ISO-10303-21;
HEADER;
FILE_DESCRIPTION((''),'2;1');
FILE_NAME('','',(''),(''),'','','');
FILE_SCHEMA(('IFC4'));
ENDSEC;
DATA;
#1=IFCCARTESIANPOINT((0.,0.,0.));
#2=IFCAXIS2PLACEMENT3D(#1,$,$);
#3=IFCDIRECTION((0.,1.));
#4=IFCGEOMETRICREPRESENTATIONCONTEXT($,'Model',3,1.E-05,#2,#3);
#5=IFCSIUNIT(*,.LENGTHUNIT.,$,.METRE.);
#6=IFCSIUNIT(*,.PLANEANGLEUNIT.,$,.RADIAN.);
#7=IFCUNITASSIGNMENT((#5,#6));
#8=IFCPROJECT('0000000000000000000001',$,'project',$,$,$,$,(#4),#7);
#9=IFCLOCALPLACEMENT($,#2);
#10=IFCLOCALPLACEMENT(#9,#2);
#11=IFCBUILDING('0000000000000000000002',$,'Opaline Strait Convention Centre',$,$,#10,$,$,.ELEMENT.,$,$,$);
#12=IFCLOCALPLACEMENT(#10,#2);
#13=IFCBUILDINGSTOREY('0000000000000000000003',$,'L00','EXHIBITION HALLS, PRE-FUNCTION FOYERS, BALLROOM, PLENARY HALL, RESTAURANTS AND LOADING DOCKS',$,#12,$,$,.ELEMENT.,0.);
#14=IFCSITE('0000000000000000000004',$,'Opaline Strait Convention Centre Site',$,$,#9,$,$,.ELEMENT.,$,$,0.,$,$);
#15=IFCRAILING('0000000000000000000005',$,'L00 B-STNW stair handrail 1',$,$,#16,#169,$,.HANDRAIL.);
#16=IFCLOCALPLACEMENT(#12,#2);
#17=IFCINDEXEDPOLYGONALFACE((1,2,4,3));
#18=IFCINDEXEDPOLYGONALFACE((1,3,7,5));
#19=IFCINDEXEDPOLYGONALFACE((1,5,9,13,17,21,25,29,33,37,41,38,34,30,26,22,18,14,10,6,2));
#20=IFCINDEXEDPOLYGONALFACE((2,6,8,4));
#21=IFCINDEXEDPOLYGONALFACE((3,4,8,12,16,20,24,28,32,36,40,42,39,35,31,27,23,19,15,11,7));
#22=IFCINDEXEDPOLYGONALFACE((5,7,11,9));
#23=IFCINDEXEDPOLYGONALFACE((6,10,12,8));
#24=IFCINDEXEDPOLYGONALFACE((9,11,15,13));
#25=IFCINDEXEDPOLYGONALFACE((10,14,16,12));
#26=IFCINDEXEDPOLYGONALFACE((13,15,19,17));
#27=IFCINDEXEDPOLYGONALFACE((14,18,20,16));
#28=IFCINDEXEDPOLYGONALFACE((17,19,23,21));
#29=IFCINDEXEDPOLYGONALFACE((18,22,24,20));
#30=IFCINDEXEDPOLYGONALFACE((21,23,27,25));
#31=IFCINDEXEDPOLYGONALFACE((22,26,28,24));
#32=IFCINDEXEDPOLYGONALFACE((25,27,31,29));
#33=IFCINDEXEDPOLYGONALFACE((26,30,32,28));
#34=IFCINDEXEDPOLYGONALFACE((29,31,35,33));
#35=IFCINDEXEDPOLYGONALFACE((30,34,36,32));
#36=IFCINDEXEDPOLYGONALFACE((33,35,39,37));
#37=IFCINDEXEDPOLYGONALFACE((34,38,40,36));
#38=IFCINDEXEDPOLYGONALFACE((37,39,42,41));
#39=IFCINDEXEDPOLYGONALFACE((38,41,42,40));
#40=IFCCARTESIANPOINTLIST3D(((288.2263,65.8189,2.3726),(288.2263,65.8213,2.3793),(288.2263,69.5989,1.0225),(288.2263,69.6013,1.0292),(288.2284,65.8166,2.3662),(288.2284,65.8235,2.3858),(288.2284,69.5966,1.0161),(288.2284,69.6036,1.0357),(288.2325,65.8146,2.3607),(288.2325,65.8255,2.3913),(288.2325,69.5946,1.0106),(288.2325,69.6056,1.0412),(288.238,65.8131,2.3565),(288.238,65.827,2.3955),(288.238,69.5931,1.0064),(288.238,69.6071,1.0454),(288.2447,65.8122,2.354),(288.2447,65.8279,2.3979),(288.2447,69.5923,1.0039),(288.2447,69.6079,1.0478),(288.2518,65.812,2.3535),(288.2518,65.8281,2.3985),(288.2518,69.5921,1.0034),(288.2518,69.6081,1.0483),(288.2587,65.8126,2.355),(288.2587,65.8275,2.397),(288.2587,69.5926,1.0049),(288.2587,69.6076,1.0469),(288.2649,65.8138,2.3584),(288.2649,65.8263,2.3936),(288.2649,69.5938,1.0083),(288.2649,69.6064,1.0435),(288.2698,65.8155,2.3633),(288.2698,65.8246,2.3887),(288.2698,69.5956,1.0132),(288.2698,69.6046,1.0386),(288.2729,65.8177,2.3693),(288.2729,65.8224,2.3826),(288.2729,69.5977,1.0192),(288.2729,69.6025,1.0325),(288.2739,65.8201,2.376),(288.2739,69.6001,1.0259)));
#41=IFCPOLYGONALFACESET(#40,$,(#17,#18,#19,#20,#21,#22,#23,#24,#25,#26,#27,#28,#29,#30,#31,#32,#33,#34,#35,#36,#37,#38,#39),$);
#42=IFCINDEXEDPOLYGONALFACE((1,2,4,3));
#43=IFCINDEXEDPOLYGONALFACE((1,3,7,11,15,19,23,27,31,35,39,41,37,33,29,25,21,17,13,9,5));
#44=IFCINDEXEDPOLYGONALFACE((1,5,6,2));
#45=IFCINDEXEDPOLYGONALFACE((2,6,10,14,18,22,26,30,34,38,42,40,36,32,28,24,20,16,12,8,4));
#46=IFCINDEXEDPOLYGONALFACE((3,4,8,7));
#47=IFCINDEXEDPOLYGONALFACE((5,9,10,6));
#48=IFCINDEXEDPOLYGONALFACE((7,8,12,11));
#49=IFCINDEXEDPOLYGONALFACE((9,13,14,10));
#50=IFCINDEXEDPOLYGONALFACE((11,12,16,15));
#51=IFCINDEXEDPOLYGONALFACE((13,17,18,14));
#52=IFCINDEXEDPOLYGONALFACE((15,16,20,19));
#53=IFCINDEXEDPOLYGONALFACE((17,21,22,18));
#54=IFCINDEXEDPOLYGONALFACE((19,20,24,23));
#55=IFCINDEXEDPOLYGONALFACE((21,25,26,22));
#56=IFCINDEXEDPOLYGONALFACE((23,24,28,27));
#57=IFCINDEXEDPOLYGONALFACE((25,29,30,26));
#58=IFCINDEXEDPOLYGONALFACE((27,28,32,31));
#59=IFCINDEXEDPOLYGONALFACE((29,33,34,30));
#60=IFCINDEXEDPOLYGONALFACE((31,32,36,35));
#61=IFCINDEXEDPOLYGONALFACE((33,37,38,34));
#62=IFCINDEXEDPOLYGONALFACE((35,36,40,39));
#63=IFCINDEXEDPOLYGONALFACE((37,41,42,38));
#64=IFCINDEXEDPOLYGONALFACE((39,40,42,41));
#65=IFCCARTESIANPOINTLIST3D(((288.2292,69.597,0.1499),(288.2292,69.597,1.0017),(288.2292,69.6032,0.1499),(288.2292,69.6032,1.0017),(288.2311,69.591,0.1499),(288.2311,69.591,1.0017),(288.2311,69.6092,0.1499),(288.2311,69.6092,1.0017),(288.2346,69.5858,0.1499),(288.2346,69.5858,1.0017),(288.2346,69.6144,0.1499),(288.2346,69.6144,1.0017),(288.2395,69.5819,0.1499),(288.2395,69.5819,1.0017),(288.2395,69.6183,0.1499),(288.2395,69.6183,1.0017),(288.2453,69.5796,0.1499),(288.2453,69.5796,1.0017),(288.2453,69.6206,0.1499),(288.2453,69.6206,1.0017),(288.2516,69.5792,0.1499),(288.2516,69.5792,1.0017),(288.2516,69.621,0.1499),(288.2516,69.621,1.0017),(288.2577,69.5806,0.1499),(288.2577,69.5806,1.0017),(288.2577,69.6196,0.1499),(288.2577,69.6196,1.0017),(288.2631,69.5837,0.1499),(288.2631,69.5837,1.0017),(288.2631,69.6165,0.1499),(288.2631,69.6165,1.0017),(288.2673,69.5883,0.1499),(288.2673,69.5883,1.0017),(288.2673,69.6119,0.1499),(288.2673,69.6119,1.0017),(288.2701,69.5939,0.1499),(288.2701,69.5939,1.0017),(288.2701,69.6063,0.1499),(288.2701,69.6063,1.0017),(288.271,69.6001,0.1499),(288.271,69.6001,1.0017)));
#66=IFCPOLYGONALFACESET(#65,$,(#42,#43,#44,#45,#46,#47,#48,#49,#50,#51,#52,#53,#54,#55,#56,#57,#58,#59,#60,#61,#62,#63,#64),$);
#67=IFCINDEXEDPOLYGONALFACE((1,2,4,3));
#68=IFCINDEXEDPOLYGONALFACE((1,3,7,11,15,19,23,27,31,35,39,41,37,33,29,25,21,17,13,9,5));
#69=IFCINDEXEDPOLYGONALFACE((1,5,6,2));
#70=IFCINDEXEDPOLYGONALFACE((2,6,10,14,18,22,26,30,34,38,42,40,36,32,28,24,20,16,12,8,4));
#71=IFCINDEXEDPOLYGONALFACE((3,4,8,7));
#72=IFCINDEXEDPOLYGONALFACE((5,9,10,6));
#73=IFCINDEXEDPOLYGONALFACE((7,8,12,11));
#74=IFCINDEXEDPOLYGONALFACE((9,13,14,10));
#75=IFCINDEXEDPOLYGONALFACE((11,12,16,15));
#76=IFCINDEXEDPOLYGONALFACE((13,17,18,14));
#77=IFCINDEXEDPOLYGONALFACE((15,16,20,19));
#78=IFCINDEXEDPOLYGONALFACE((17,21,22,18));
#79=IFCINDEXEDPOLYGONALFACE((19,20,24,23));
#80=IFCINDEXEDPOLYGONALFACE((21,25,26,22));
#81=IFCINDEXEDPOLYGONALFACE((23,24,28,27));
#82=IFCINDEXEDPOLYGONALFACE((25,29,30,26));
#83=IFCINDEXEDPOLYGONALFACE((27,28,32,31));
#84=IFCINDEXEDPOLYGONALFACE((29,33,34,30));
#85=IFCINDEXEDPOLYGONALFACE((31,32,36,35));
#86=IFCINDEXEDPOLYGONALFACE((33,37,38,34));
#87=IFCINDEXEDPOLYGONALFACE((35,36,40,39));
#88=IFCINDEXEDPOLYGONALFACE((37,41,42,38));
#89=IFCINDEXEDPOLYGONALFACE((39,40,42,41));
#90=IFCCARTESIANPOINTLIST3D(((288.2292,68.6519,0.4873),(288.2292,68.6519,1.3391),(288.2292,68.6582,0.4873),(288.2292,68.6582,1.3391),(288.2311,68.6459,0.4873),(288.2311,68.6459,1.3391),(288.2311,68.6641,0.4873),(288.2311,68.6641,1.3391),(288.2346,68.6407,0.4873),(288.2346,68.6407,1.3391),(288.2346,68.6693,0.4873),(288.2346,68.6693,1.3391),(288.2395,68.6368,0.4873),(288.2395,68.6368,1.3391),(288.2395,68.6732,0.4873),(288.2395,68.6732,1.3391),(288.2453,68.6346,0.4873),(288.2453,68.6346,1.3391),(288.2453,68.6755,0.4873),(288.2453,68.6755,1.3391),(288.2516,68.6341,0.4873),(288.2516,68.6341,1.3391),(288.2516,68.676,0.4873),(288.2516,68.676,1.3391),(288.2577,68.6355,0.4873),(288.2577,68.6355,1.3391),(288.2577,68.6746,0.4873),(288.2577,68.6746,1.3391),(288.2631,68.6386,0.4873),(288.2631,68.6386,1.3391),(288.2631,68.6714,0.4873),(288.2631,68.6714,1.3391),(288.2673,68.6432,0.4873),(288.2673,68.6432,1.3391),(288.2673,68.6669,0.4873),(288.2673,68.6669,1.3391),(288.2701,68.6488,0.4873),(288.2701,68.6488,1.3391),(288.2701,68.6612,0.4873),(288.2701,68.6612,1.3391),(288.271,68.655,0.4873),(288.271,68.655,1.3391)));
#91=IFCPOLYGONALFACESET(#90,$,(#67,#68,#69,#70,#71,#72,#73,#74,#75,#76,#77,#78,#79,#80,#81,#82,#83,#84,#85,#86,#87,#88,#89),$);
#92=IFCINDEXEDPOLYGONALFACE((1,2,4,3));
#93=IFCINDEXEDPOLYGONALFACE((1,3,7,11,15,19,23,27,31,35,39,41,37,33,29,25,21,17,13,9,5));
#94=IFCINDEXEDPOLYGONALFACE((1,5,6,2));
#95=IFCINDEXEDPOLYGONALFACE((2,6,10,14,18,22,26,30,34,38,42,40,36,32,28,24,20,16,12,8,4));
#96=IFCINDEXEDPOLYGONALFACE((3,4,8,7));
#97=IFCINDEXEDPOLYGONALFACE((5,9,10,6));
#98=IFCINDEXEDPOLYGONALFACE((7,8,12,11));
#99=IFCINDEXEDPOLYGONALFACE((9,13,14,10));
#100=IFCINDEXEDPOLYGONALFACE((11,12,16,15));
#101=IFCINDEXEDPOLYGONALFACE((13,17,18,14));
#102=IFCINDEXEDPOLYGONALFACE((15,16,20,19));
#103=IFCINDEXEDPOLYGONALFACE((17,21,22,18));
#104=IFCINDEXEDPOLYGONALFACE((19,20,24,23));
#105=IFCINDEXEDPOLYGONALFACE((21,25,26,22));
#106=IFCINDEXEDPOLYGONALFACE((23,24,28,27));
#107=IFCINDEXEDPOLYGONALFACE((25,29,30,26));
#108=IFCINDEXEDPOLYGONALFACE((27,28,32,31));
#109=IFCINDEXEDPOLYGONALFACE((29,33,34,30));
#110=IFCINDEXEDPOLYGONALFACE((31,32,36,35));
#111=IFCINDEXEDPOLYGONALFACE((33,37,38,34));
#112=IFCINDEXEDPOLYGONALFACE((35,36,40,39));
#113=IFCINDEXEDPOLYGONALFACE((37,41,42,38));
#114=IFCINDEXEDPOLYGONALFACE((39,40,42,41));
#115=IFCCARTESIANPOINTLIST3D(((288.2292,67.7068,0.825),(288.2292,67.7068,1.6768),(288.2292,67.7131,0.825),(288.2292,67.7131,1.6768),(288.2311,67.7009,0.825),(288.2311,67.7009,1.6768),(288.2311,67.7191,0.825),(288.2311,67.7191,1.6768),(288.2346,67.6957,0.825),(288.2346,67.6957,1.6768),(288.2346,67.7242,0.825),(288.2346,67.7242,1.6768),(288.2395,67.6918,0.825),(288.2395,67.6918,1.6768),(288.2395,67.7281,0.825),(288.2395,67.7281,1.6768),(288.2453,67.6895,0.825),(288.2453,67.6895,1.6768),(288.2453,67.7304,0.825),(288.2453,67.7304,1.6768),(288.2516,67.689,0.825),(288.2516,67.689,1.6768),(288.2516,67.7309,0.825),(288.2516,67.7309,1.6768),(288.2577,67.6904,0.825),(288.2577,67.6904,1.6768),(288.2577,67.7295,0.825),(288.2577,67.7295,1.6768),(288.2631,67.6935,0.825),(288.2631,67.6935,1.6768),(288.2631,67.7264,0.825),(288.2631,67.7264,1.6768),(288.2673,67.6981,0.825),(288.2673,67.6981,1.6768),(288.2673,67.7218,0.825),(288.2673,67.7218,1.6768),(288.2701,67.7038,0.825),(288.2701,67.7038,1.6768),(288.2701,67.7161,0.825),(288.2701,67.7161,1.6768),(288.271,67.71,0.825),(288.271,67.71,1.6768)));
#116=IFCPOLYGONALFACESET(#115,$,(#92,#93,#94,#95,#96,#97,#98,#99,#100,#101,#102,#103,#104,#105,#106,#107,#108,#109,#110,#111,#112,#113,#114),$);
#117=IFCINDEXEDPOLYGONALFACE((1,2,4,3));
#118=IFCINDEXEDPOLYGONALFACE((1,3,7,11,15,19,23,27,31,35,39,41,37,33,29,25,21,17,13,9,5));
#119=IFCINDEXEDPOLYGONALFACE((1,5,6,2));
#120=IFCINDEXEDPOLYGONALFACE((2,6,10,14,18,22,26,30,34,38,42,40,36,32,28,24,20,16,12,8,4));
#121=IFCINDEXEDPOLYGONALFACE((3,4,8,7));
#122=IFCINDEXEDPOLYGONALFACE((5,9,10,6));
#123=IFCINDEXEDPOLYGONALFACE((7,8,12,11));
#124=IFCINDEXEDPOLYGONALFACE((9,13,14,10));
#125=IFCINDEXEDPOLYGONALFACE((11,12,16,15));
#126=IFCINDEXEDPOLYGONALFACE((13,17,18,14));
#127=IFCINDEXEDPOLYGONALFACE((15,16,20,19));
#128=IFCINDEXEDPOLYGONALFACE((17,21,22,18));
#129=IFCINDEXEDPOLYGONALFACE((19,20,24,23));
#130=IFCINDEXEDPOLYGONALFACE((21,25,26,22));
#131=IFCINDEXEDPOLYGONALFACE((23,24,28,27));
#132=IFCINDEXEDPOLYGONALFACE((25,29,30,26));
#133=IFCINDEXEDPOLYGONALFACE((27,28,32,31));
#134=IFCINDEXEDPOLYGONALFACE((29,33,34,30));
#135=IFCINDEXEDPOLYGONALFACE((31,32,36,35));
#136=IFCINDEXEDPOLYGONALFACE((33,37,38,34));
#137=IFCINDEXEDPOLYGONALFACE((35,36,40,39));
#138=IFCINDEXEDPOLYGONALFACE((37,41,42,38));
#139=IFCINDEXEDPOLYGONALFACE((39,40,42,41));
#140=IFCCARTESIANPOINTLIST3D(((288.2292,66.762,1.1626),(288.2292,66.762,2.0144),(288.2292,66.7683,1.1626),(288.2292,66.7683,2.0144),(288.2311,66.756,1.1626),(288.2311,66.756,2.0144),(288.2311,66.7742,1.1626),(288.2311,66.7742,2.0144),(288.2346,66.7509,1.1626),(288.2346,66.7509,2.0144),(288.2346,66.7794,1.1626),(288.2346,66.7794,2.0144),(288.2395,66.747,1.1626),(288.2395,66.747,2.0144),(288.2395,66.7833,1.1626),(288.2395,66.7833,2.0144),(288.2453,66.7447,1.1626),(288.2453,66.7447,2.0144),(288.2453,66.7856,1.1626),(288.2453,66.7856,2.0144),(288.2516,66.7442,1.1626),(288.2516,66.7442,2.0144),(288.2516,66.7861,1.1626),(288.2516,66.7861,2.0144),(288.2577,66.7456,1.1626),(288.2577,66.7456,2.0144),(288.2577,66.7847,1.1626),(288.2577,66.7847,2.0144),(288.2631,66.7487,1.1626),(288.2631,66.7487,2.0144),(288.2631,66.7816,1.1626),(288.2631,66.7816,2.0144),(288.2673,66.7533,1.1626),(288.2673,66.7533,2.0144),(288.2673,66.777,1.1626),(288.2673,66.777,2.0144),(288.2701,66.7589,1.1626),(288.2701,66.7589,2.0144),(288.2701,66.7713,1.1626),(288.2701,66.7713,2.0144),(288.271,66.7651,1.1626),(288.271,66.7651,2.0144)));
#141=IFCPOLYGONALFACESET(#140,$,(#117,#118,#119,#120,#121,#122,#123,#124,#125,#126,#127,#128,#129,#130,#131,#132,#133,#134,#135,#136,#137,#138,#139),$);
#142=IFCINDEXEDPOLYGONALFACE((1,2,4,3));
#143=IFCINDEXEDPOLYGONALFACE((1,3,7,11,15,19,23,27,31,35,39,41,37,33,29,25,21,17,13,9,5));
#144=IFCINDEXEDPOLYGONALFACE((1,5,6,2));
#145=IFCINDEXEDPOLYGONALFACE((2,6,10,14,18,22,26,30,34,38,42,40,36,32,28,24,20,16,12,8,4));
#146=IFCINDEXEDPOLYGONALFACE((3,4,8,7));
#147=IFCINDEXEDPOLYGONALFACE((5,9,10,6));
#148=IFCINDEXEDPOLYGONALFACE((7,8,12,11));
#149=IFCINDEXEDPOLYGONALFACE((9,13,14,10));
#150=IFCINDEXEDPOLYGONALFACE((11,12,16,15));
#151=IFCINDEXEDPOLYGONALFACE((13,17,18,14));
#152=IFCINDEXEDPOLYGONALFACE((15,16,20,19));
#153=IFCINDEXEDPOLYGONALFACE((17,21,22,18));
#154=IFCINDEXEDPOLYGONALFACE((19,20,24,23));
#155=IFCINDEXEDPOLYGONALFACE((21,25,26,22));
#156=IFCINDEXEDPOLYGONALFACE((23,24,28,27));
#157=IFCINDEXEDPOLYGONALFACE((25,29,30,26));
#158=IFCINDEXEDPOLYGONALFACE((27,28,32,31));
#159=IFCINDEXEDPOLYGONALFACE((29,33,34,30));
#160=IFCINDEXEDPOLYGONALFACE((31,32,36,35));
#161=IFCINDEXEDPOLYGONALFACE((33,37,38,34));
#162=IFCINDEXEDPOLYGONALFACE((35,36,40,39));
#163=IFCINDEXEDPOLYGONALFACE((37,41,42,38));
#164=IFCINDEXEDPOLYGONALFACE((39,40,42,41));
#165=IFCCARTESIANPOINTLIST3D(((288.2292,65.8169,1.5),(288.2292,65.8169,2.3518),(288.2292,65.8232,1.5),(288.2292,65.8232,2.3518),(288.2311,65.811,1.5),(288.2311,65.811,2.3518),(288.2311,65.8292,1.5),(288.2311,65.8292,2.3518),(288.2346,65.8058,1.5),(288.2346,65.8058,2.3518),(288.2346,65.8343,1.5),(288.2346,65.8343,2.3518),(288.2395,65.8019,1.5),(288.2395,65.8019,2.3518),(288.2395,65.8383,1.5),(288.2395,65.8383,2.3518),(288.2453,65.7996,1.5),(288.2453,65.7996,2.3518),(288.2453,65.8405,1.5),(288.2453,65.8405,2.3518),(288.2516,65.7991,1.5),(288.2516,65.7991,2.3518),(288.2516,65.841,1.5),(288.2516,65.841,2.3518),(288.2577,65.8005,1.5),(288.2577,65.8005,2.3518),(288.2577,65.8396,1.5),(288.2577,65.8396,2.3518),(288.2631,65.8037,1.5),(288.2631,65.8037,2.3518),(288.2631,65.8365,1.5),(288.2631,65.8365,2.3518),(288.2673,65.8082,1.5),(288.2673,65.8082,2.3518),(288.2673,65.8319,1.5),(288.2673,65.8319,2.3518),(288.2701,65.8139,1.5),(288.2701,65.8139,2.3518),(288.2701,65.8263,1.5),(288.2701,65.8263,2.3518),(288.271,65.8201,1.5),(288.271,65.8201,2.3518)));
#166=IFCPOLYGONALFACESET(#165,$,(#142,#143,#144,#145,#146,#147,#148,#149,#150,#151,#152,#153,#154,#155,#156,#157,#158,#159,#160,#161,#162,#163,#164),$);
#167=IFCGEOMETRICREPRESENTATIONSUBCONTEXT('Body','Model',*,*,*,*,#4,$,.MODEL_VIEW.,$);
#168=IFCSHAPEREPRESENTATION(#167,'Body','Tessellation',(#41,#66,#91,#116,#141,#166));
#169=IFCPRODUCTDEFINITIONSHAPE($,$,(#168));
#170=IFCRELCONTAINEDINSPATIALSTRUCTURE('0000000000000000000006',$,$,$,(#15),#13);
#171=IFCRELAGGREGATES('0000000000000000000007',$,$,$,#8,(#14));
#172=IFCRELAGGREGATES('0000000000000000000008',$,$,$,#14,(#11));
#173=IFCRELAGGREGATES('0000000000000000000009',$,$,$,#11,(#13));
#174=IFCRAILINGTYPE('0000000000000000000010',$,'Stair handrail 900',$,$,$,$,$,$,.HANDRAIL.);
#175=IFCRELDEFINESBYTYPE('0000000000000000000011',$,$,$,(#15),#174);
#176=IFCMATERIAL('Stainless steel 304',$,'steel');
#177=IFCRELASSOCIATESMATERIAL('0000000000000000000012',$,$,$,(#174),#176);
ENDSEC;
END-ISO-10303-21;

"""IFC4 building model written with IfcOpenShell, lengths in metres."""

from ifc_helpers import new_model, si_unit, direction, frame, origin, origin_2d, place, context, subcontext, project, spatial, circle, extrude, material, type_object, element, save


model = new_model("IFC4")

# Units and contexts
model_context = context("Model", 3, precision=1e-05, world=origin(), true_north=direction((0.0, 1.0)))
body_context = subcontext(model_context, "Body", "Model", "MODEL_VIEW")
ifc_project = project(units=[si_unit("LENGTHUNIT", "METRE"), si_unit("PLANEANGLEUNIT", "RADIAN")], contexts=[model_context])

# Site, building, storey
site_placement = place(None, origin())
site = spatial("IfcSite", under=ifc_project, at=site_placement, Name="Opaline Strait Convention Centre Site", CompositionType="ELEMENT", RefElevation=0.0)
building_placement = place(site_placement, origin())
building = spatial("IfcBuilding", under=site, at=building_placement, Name="Opaline Strait Convention Centre", CompositionType="ELEMENT")
storey_placement = place(building_placement, origin())
storey = spatial("IfcBuildingStorey", under=building, at=storey_placement, Name="L00", Description="EXHIBITION HALLS, PRE-FUNCTION FOYERS, BALLROOM, PLENARY HALL, RESTAURANTS AND LOADING DOCKS", CompositionType="ELEMENT", Elevation=0.0)

# Railing
ifc_material_1 = material(Name="Stainless steel 304", Category="steel")
railing_type_1 = type_object("IfcRailingType", Name="Stair handrail 900", PredefinedType="HANDRAIL", material=ifc_material_1)
railing_1_placement = place(storey_placement, frame((288.25, 69.6001, 0.1499)))
element("IfcRailing", 1, at=railing_1_placement, inside=storey, type_object=railing_type_1, Name="L00 B-STNW stair handrail 1", PredefinedType="HANDRAIL", context=body_context, shape_type="SweptSolid", body=[
    extrude(circle(Radius=0.0239, at=origin_2d()), frame((0.0, 0.0, 0.876), z_axis=(0.0, -0.941735, 0.336356), x_axis=(1.0, 0.0, 0.0)), (0.0, 0.0, 1.0), 4.0139),
    extrude(circle(Radius=0.021, at=origin_2d()), origin(), (0.0, 0.0, 1.0), 0.8518),
    extrude(circle(Radius=0.021, at=origin_2d()), frame((0.0, -0.9451, 0.3374)), (0.0, 0.0, 1.0), 0.8518),
    extrude(circle(Radius=0.021, at=origin_2d()), frame((0.0, -1.8901, 0.675)), (0.0, 0.0, 1.0), 0.8518),
    extrude(circle(Radius=0.021, at=origin_2d()), frame((0.0, -2.835, 1.0127)), (0.0, 0.0, 1.0), 0.8518),
    extrude(circle(Radius=0.021, at=origin_2d()), frame((0.0, -3.78, 1.3501)), (0.0, 0.0, 1.0), 0.8518),
])

save(model, "model.ifc")
